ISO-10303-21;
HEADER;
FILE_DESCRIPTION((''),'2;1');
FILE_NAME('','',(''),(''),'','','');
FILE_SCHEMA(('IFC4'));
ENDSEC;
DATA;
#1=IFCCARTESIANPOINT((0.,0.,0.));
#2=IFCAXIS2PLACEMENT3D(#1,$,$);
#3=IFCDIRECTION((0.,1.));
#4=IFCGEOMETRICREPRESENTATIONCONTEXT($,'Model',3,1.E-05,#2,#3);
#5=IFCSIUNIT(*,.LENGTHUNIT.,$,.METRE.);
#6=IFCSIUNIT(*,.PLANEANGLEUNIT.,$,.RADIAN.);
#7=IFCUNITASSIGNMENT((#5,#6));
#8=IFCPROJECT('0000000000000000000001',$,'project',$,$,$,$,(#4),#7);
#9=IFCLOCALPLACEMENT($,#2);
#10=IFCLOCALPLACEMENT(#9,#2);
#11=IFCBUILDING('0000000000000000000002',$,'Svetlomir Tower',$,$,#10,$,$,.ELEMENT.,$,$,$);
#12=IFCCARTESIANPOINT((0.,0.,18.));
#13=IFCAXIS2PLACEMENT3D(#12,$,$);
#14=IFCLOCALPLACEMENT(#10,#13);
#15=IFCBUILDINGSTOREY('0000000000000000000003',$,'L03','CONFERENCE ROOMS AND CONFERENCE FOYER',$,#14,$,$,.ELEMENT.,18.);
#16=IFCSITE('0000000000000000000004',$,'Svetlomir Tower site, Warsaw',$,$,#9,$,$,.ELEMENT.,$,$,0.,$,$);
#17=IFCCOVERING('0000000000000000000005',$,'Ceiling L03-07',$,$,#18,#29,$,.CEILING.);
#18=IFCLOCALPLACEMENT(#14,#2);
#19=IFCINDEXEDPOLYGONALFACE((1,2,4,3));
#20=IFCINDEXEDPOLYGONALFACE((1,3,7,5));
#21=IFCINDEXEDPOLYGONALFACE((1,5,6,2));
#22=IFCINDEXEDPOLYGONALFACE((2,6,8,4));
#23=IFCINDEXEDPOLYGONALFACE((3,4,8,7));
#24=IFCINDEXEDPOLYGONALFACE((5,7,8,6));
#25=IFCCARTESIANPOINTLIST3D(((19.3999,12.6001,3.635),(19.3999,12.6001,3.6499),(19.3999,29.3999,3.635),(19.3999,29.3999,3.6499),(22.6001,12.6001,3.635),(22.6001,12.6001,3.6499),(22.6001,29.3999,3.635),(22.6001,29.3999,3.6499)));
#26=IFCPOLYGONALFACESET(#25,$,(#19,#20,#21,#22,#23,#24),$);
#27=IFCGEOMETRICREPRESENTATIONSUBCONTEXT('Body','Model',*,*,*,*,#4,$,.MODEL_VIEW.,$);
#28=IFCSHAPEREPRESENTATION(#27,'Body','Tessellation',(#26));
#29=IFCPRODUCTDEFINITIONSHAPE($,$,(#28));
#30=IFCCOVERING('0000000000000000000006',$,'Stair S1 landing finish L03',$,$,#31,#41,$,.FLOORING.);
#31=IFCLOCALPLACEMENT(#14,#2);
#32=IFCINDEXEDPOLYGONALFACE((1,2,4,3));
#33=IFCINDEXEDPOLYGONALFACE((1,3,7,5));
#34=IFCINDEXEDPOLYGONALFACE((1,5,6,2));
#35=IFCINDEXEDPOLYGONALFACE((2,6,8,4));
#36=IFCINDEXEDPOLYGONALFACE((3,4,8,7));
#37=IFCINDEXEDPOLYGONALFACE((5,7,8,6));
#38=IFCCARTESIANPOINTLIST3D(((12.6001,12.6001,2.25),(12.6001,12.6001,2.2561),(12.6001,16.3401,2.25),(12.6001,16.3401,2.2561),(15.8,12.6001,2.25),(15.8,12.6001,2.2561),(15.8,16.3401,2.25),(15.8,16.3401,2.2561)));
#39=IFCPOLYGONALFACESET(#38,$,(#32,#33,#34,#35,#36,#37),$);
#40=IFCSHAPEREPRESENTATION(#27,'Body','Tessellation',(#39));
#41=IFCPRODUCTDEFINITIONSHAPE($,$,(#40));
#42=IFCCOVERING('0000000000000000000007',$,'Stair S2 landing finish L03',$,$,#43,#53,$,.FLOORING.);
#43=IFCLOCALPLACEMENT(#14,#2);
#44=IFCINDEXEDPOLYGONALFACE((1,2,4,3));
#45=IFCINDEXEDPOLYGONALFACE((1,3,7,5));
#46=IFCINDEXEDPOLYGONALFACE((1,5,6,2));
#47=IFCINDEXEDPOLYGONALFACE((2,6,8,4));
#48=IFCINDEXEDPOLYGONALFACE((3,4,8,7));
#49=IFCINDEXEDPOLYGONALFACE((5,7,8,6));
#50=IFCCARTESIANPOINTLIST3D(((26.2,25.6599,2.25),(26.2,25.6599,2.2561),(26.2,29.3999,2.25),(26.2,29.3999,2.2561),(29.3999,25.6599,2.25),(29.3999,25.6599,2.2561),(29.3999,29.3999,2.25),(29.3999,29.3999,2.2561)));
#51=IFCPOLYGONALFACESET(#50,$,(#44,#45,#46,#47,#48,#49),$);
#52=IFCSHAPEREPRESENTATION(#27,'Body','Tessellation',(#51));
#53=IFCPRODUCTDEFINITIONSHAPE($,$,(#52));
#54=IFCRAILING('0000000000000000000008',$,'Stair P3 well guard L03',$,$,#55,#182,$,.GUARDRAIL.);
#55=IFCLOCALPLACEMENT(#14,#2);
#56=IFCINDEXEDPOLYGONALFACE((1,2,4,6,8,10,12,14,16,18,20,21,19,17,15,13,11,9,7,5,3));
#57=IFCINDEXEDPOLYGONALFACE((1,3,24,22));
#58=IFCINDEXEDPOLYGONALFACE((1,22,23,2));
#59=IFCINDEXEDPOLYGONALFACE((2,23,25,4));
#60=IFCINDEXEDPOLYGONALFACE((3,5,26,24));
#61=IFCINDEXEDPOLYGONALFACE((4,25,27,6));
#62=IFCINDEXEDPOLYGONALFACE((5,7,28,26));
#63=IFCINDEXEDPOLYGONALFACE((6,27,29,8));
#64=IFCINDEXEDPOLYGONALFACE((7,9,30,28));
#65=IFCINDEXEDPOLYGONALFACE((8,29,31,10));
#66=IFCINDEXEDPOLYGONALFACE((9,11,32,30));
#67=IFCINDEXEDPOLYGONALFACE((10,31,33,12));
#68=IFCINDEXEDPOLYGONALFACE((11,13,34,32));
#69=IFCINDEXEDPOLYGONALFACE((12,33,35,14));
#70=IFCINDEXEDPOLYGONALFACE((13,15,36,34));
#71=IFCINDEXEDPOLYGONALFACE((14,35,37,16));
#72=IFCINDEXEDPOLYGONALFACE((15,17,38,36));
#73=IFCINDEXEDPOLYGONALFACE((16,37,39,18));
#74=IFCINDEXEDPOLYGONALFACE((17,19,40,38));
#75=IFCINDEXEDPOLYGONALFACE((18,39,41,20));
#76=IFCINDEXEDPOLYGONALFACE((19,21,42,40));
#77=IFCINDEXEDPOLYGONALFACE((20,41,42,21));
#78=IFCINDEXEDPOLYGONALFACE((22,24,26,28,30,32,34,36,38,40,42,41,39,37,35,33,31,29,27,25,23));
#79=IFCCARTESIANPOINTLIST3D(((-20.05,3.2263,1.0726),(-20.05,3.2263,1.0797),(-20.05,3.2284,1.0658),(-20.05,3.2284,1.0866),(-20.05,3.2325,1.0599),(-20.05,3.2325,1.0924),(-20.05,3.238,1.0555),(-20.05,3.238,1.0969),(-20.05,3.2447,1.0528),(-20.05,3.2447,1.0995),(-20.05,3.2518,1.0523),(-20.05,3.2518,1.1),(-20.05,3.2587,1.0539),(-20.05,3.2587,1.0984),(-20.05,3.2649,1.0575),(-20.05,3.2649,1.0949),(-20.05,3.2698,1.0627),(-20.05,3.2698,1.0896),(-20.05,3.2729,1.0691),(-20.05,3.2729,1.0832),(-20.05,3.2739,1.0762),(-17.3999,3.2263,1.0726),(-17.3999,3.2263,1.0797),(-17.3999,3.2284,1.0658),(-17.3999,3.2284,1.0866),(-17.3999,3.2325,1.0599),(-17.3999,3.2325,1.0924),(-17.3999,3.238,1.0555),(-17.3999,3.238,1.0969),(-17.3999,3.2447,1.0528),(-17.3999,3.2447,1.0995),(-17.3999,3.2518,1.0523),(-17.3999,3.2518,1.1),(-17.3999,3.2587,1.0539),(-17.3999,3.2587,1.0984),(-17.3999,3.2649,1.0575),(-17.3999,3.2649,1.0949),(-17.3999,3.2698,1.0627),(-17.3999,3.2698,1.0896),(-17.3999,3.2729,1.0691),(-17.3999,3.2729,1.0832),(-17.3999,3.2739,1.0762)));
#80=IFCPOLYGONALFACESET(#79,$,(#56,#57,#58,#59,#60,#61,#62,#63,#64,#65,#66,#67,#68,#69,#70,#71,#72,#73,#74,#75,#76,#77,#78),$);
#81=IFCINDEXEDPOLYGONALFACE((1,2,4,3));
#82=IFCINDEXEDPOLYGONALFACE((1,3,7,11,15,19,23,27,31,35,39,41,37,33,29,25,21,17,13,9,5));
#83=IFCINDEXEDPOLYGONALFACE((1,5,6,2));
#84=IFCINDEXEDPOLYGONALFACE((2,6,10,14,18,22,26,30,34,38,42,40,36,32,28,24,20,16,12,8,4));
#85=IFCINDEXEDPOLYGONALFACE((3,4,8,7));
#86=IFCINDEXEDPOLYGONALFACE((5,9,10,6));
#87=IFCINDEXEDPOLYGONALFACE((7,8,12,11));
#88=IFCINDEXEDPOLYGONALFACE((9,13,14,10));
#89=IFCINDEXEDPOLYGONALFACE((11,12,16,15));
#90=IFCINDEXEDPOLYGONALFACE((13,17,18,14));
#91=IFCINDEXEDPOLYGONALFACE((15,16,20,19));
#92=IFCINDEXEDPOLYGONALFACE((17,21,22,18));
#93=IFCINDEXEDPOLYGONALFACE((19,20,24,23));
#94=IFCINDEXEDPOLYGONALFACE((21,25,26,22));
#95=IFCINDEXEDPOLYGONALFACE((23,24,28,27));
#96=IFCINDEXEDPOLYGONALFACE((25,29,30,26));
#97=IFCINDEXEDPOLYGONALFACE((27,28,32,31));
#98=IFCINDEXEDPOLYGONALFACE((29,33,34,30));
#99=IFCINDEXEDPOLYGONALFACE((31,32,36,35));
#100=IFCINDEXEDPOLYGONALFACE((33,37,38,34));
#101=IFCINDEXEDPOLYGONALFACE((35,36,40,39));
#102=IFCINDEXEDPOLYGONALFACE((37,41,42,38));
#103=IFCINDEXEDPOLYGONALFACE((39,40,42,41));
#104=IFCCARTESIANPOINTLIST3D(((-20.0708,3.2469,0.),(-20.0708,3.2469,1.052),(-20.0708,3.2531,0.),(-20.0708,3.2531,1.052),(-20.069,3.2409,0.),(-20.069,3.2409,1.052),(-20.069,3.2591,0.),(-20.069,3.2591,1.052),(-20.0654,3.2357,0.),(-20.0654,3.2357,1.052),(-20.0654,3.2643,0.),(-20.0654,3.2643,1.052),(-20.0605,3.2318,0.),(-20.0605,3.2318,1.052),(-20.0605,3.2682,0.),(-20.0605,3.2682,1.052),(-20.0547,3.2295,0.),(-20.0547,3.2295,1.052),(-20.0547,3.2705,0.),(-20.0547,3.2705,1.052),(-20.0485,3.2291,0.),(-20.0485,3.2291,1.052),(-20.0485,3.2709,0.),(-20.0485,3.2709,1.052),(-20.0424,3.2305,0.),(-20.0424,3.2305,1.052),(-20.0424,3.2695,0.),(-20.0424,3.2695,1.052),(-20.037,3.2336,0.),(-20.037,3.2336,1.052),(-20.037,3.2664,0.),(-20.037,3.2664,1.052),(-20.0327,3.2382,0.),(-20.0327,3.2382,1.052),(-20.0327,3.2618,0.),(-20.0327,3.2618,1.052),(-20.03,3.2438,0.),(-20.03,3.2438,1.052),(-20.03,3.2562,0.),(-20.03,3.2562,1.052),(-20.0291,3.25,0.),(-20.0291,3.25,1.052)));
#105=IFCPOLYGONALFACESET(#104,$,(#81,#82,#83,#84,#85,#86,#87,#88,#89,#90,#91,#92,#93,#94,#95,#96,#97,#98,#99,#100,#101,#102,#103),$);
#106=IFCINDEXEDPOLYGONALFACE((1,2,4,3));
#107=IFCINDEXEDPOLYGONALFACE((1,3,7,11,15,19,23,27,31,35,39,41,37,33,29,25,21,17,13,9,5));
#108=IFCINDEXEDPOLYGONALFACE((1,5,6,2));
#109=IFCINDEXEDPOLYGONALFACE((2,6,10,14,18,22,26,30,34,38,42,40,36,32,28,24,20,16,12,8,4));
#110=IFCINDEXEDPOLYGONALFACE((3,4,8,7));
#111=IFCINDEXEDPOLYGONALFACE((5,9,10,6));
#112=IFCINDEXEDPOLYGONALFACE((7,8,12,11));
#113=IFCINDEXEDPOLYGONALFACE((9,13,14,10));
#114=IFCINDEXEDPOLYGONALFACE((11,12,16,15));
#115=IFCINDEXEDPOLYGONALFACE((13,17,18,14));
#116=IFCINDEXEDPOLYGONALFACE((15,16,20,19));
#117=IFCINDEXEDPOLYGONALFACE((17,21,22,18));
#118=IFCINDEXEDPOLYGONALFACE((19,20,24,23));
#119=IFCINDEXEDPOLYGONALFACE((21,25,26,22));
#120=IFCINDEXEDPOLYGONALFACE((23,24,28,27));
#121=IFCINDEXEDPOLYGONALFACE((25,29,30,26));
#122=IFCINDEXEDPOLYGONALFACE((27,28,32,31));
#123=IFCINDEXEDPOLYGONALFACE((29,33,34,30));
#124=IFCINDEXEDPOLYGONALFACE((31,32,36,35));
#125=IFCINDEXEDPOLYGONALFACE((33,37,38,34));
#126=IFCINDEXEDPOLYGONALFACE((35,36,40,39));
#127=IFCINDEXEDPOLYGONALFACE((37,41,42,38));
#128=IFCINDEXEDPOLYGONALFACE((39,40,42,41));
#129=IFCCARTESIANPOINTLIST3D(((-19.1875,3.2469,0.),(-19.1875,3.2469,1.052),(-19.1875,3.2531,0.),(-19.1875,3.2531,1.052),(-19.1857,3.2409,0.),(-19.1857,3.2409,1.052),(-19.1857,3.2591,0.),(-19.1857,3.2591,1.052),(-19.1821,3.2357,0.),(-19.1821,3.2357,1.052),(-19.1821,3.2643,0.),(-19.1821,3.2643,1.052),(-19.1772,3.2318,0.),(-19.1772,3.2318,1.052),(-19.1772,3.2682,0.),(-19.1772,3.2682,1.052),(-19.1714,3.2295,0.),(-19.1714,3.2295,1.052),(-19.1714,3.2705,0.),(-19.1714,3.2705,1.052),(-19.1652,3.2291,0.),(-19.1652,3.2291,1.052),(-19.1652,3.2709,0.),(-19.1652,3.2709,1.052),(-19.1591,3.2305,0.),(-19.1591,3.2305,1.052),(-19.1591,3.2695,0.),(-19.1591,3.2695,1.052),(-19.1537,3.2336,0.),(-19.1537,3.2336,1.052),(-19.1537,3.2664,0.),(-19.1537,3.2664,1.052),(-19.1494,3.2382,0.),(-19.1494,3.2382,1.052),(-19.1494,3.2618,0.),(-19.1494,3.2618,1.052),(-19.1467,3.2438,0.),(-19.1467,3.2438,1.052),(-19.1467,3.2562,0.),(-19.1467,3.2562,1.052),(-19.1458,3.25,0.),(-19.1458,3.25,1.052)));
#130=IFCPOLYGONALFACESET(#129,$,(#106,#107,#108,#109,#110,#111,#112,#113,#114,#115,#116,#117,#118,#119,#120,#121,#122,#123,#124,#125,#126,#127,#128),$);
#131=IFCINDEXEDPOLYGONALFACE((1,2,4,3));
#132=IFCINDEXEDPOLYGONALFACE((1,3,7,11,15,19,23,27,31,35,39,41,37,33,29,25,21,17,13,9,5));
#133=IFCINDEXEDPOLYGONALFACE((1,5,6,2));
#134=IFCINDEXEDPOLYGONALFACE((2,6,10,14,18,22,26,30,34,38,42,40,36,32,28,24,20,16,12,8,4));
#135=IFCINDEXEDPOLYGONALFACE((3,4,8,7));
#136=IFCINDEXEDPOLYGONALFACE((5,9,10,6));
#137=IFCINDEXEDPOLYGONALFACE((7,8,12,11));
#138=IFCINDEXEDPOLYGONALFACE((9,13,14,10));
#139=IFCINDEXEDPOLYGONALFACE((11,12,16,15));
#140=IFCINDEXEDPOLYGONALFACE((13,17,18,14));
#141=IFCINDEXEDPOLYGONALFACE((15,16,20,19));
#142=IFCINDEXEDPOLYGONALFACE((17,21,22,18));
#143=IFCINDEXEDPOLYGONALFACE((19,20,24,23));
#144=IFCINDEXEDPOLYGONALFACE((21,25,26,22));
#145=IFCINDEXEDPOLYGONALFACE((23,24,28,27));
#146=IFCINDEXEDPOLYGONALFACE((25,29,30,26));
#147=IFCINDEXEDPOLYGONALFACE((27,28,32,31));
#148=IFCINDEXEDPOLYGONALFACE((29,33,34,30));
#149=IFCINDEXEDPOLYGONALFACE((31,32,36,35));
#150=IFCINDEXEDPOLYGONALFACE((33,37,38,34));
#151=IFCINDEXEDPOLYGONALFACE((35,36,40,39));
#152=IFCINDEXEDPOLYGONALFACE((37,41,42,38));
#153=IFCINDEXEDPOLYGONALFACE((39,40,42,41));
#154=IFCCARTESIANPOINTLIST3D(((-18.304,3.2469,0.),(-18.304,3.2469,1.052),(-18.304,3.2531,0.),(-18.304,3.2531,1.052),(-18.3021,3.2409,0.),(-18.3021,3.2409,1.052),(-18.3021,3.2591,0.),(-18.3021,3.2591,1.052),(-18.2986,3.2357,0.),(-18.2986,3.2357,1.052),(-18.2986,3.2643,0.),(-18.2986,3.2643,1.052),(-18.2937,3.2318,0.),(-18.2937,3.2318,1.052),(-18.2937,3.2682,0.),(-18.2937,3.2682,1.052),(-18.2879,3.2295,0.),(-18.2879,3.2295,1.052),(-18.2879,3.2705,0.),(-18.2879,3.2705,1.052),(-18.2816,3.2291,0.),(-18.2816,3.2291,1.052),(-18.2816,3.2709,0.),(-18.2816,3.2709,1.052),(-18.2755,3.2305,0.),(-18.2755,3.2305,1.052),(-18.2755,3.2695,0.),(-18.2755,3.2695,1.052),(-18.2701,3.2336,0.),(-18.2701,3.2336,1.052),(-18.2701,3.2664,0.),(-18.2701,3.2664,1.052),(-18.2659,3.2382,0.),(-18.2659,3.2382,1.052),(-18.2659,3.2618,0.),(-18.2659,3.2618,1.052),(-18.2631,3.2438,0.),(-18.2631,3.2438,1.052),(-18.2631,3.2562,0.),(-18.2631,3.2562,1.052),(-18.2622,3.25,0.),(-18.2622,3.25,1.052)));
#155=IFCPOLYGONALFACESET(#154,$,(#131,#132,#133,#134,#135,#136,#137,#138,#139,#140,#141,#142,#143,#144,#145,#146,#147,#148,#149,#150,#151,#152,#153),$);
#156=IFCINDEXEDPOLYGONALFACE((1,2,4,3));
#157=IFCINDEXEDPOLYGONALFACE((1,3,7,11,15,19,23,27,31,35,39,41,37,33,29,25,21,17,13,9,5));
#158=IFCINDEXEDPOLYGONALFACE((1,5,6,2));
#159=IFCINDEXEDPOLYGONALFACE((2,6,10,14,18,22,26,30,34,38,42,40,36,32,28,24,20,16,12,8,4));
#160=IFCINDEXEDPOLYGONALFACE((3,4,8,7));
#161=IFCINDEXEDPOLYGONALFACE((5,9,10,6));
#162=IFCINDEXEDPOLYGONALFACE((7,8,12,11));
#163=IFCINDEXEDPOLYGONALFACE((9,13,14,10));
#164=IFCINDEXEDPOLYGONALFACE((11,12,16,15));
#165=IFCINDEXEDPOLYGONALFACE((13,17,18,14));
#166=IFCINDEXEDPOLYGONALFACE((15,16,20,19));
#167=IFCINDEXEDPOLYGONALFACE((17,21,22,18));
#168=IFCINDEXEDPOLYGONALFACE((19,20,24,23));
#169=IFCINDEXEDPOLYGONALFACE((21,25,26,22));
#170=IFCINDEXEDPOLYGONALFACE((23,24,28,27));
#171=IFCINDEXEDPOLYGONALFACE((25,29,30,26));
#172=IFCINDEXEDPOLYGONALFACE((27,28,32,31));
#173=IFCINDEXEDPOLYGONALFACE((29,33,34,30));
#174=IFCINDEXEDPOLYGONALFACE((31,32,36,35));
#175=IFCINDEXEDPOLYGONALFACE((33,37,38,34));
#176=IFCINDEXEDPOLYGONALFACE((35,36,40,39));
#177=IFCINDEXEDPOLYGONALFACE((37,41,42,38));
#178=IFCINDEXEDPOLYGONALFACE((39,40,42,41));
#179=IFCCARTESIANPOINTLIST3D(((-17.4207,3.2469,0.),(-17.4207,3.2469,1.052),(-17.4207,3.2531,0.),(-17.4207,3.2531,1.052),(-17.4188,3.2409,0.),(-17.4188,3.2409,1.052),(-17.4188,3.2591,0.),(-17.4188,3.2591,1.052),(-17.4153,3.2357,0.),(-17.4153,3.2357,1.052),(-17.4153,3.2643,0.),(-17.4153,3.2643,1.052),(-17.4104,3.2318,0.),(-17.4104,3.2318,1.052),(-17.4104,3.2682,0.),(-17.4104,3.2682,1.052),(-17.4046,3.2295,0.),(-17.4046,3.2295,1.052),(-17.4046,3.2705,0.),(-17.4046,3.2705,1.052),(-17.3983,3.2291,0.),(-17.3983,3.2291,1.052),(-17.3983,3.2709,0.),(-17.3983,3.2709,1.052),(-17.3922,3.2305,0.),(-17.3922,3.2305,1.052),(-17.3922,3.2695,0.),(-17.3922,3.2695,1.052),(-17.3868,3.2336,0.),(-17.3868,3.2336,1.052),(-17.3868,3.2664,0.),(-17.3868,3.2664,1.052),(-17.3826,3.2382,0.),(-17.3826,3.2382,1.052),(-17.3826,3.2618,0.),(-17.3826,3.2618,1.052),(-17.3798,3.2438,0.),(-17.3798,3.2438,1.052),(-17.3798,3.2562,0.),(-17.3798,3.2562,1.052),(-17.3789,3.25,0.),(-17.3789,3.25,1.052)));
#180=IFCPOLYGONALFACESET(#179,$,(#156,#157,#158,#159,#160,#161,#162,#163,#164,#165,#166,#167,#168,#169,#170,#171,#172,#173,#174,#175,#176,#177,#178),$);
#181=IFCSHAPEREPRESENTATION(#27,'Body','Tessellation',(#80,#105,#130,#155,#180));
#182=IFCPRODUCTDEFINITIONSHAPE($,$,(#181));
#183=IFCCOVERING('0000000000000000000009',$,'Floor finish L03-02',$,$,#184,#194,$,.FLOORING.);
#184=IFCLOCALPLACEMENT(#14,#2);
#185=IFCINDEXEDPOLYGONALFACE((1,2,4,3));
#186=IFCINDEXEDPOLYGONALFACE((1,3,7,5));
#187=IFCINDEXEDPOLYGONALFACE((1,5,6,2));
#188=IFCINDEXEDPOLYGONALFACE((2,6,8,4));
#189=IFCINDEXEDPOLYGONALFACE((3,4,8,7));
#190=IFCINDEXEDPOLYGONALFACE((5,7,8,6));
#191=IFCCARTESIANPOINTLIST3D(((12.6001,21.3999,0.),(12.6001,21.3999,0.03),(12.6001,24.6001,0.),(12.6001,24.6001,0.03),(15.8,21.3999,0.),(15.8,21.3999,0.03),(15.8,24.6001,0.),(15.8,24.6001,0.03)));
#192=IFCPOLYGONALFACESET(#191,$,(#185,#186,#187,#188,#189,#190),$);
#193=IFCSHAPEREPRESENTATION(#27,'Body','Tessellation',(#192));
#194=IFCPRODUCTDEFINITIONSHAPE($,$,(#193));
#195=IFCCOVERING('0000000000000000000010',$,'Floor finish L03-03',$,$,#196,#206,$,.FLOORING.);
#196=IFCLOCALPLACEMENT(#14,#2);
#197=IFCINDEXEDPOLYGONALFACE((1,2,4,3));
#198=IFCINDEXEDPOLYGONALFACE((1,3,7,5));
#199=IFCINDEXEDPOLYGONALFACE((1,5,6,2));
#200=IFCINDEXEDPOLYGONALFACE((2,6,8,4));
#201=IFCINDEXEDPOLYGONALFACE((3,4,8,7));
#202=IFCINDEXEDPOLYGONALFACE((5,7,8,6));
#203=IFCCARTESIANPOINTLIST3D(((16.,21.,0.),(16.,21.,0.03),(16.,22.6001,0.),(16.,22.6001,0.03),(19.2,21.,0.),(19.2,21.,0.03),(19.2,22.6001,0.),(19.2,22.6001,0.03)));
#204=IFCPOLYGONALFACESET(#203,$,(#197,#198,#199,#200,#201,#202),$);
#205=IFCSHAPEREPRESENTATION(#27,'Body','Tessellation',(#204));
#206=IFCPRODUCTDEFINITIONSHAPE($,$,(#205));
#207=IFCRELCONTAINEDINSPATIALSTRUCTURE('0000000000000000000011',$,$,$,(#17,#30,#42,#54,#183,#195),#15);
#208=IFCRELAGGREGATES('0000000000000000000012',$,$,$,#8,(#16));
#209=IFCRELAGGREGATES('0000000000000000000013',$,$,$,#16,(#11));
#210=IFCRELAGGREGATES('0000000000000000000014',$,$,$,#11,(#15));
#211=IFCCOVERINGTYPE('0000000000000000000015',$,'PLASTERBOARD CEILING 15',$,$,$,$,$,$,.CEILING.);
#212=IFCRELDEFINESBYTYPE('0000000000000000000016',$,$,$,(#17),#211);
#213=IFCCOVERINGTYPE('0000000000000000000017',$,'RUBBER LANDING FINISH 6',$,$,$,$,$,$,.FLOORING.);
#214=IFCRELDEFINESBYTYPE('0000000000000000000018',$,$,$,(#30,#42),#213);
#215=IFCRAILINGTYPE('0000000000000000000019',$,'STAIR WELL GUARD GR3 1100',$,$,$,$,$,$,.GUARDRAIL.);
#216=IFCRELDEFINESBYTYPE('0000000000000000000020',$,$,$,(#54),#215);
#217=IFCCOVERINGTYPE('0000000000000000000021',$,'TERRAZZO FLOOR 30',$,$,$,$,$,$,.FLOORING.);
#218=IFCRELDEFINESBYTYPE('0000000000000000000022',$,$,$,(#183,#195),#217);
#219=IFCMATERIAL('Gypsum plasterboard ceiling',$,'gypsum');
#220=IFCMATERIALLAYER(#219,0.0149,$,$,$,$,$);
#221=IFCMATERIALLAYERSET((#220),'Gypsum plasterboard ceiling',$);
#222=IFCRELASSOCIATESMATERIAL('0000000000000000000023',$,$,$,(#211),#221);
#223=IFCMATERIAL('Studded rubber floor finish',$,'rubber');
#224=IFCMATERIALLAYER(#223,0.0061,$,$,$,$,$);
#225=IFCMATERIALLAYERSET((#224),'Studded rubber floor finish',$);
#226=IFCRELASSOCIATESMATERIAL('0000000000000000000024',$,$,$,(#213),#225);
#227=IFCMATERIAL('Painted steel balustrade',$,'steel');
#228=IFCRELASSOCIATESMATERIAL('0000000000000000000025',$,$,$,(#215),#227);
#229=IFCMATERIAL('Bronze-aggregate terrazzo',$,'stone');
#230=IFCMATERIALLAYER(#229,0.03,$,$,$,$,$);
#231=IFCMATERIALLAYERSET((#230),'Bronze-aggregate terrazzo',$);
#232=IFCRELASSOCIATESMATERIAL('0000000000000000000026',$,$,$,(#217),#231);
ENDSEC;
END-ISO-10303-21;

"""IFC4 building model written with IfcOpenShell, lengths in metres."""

from ifc_helpers import new_model, si_unit, direction, frame, origin, origin_2d, place, context, subcontext, project, spatial, polyline, circle, outline, extrude, material, layer, layer_set, type_object, element, save


model = new_model("IFC4")

# Units and contexts
model_context = context("Model", 3, precision=1e-05, world=origin(), true_north=direction((0.0, 1.0)))
body_context = subcontext(model_context, "Body", "Model", "MODEL_VIEW")
ifc_project = project(units=[si_unit("LENGTHUNIT", "METRE"), si_unit("PLANEANGLEUNIT", "RADIAN")], contexts=[model_context])

# Site, building, storey
site_placement = place(None, origin())
site = spatial("IfcSite", under=ifc_project, at=site_placement, Name="Svetlomir Tower site, Warsaw", CompositionType="ELEMENT", RefElevation=0.0)
building_placement = place(site_placement, origin())
building = spatial("IfcBuilding", under=site, at=building_placement, Name="Svetlomir Tower", CompositionType="ELEMENT")
storey_placement = place(building_placement, frame((0.0, 0.0, 18.0)))
storey = spatial("IfcBuildingStorey", under=building, at=storey_placement, Name="L03", Description="CONFERENCE ROOMS AND CONFERENCE FOYER", CompositionType="ELEMENT", Elevation=18.0)

# Coverings
ifc_material_1 = material(Name="Gypsum plasterboard ceiling", Category="gypsum")
ifc_layer_1 = layer(ifc_material_1, 0.0149)
ifc_layer_set_1 = layer_set([ifc_layer_1], Name="Gypsum plasterboard ceiling")
covering_type_1 = type_object("IfcCoveringType", Name="PLASTERBOARD CEILING 15", PredefinedType="CEILING", material=ifc_layer_set_1)
covering_1_placement = place(storey_placement, frame((0.0, 0.0, 3.635)))
element("IfcCovering", 1, at=covering_1_placement, inside=storey, type_object=covering_type_1, Name="Ceiling L03-07", PredefinedType="CEILING", context=body_context, shape_type="SweptSolid", body=[
    extrude(outline(polyline([(19.3999, 12.6001), (22.6001, 12.6001), (22.6001, 29.3999), (19.3999, 29.3999), (19.3999, 12.6001)])), origin(), (0.0, 0.0, 1.0), 0.0149),
])
ifc_material_2 = material(Name="Studded rubber floor finish", Category="rubber")
ifc_layer_2 = layer(ifc_material_2, 0.0061)
ifc_layer_set_2 = layer_set([ifc_layer_2], Name="Studded rubber floor finish")
covering_type_2 = type_object("IfcCoveringType", Name="RUBBER LANDING FINISH 6", PredefinedType="FLOORING", material=ifc_layer_set_2)
covering_2_placement = place(storey_placement, frame((0.0, 0.0, 2.25)))
element("IfcCovering", 2, at=covering_2_placement, inside=storey, type_object=covering_type_2, Name="Stair S1 landing finish L03", PredefinedType="FLOORING", context=body_context, shape_type="SweptSolid", body=[
    extrude(outline(polyline([(12.6001, 12.6001), (15.8, 12.6001), (15.8, 16.3401), (12.6001, 16.3401), (12.6001, 12.6001)])), origin(), (0.0, 0.0, 1.0), 0.0061),
])
covering_3_placement = place(storey_placement, frame((0.0, 0.0, 2.25)))
element("IfcCovering", 3, at=covering_3_placement, inside=storey, type_object=covering_type_2, Name="Stair S2 landing finish L03", PredefinedType="FLOORING", context=body_context, shape_type="SweptSolid", body=[
    extrude(outline(polyline([(26.2, 25.6599), (29.3999, 25.6599), (29.3999, 29.3999), (26.2, 29.3999), (26.2, 25.6599)])), origin(), (0.0, 0.0, 1.0), 0.0061),
])

# Railing
ifc_material_3 = material(Name="Painted steel balustrade", Category="steel")
railing_type = type_object("IfcRailingType", Name="STAIR WELL GUARD GR3 1100", PredefinedType="GUARDRAIL", material=ifc_material_3)
railing_placement = place(storey_placement, frame((-20.05, 3.25, 0.0)))
element("IfcRailing", 4, at=railing_placement, inside=storey, type_object=railing_type, Name="Stair P3 well guard L03", PredefinedType="GUARDRAIL", context=body_context, shape_type="SweptSolid", body=[
    extrude(circle(Radius=0.0239, at=origin_2d()), frame((0.0, 0.0, 1.0762), z_axis=(1.0, 0.0, 0.0), x_axis=(0.0, 1.0, 0.0)), (0.0, 0.0, 1.0), 2.6501),
    extrude(circle(Radius=0.021, at=origin_2d()), origin(), (0.0, 0.0, 1.0), 1.052),
    extrude(circle(Radius=0.021, at=origin_2d()), frame((0.8833, 0.0, 0.0)), (0.0, 0.0, 1.0), 1.052),
    extrude(circle(Radius=0.021, at=origin_2d()), frame((1.7668, 0.0, 0.0)), (0.0, 0.0, 1.0), 1.052),
    extrude(circle(Radius=0.021, at=origin_2d()), frame((2.6501, 0.0, 0.0)), (0.0, 0.0, 1.0), 1.052),
])

# Coverings
ifc_material_4 = material(Name="Bronze-aggregate terrazzo", Category="stone")
ifc_layer_3 = layer(ifc_material_4, 0.03)
ifc_layer_set_3 = layer_set([ifc_layer_3], Name="Bronze-aggregate terrazzo")
covering_type_3 = type_object("IfcCoveringType", Name="TERRAZZO FLOOR 30", PredefinedType="FLOORING", material=ifc_layer_set_3)
covering_4_placement = place(storey_placement, origin())
element("IfcCovering", 5, at=covering_4_placement, inside=storey, type_object=covering_type_3, Name="Floor finish L03-02", PredefinedType="FLOORING", context=body_context, shape_type="SweptSolid", body=[
    extrude(outline(polyline([(12.6001, 21.3999), (15.8, 21.3999), (15.8, 24.6001), (12.6001, 24.6001), (12.6001, 21.3999)])), origin(), (0.0, 0.0, 1.0), 0.03),
])
covering_5_placement = place(storey_placement, origin())
element("IfcCovering", 6, at=covering_5_placement, inside=storey, type_object=covering_type_3, Name="Floor finish L03-03", PredefinedType="FLOORING", context=body_context, shape_type="SweptSolid", body=[
    extrude(outline(polyline([(16.0, 21.0), (19.2, 21.0), (19.2, 22.6001), (16.0, 22.6001), (16.0, 21.0)])), origin(), (0.0, 0.0, 1.0), 0.03),
])

save(model, "model.ifc")
